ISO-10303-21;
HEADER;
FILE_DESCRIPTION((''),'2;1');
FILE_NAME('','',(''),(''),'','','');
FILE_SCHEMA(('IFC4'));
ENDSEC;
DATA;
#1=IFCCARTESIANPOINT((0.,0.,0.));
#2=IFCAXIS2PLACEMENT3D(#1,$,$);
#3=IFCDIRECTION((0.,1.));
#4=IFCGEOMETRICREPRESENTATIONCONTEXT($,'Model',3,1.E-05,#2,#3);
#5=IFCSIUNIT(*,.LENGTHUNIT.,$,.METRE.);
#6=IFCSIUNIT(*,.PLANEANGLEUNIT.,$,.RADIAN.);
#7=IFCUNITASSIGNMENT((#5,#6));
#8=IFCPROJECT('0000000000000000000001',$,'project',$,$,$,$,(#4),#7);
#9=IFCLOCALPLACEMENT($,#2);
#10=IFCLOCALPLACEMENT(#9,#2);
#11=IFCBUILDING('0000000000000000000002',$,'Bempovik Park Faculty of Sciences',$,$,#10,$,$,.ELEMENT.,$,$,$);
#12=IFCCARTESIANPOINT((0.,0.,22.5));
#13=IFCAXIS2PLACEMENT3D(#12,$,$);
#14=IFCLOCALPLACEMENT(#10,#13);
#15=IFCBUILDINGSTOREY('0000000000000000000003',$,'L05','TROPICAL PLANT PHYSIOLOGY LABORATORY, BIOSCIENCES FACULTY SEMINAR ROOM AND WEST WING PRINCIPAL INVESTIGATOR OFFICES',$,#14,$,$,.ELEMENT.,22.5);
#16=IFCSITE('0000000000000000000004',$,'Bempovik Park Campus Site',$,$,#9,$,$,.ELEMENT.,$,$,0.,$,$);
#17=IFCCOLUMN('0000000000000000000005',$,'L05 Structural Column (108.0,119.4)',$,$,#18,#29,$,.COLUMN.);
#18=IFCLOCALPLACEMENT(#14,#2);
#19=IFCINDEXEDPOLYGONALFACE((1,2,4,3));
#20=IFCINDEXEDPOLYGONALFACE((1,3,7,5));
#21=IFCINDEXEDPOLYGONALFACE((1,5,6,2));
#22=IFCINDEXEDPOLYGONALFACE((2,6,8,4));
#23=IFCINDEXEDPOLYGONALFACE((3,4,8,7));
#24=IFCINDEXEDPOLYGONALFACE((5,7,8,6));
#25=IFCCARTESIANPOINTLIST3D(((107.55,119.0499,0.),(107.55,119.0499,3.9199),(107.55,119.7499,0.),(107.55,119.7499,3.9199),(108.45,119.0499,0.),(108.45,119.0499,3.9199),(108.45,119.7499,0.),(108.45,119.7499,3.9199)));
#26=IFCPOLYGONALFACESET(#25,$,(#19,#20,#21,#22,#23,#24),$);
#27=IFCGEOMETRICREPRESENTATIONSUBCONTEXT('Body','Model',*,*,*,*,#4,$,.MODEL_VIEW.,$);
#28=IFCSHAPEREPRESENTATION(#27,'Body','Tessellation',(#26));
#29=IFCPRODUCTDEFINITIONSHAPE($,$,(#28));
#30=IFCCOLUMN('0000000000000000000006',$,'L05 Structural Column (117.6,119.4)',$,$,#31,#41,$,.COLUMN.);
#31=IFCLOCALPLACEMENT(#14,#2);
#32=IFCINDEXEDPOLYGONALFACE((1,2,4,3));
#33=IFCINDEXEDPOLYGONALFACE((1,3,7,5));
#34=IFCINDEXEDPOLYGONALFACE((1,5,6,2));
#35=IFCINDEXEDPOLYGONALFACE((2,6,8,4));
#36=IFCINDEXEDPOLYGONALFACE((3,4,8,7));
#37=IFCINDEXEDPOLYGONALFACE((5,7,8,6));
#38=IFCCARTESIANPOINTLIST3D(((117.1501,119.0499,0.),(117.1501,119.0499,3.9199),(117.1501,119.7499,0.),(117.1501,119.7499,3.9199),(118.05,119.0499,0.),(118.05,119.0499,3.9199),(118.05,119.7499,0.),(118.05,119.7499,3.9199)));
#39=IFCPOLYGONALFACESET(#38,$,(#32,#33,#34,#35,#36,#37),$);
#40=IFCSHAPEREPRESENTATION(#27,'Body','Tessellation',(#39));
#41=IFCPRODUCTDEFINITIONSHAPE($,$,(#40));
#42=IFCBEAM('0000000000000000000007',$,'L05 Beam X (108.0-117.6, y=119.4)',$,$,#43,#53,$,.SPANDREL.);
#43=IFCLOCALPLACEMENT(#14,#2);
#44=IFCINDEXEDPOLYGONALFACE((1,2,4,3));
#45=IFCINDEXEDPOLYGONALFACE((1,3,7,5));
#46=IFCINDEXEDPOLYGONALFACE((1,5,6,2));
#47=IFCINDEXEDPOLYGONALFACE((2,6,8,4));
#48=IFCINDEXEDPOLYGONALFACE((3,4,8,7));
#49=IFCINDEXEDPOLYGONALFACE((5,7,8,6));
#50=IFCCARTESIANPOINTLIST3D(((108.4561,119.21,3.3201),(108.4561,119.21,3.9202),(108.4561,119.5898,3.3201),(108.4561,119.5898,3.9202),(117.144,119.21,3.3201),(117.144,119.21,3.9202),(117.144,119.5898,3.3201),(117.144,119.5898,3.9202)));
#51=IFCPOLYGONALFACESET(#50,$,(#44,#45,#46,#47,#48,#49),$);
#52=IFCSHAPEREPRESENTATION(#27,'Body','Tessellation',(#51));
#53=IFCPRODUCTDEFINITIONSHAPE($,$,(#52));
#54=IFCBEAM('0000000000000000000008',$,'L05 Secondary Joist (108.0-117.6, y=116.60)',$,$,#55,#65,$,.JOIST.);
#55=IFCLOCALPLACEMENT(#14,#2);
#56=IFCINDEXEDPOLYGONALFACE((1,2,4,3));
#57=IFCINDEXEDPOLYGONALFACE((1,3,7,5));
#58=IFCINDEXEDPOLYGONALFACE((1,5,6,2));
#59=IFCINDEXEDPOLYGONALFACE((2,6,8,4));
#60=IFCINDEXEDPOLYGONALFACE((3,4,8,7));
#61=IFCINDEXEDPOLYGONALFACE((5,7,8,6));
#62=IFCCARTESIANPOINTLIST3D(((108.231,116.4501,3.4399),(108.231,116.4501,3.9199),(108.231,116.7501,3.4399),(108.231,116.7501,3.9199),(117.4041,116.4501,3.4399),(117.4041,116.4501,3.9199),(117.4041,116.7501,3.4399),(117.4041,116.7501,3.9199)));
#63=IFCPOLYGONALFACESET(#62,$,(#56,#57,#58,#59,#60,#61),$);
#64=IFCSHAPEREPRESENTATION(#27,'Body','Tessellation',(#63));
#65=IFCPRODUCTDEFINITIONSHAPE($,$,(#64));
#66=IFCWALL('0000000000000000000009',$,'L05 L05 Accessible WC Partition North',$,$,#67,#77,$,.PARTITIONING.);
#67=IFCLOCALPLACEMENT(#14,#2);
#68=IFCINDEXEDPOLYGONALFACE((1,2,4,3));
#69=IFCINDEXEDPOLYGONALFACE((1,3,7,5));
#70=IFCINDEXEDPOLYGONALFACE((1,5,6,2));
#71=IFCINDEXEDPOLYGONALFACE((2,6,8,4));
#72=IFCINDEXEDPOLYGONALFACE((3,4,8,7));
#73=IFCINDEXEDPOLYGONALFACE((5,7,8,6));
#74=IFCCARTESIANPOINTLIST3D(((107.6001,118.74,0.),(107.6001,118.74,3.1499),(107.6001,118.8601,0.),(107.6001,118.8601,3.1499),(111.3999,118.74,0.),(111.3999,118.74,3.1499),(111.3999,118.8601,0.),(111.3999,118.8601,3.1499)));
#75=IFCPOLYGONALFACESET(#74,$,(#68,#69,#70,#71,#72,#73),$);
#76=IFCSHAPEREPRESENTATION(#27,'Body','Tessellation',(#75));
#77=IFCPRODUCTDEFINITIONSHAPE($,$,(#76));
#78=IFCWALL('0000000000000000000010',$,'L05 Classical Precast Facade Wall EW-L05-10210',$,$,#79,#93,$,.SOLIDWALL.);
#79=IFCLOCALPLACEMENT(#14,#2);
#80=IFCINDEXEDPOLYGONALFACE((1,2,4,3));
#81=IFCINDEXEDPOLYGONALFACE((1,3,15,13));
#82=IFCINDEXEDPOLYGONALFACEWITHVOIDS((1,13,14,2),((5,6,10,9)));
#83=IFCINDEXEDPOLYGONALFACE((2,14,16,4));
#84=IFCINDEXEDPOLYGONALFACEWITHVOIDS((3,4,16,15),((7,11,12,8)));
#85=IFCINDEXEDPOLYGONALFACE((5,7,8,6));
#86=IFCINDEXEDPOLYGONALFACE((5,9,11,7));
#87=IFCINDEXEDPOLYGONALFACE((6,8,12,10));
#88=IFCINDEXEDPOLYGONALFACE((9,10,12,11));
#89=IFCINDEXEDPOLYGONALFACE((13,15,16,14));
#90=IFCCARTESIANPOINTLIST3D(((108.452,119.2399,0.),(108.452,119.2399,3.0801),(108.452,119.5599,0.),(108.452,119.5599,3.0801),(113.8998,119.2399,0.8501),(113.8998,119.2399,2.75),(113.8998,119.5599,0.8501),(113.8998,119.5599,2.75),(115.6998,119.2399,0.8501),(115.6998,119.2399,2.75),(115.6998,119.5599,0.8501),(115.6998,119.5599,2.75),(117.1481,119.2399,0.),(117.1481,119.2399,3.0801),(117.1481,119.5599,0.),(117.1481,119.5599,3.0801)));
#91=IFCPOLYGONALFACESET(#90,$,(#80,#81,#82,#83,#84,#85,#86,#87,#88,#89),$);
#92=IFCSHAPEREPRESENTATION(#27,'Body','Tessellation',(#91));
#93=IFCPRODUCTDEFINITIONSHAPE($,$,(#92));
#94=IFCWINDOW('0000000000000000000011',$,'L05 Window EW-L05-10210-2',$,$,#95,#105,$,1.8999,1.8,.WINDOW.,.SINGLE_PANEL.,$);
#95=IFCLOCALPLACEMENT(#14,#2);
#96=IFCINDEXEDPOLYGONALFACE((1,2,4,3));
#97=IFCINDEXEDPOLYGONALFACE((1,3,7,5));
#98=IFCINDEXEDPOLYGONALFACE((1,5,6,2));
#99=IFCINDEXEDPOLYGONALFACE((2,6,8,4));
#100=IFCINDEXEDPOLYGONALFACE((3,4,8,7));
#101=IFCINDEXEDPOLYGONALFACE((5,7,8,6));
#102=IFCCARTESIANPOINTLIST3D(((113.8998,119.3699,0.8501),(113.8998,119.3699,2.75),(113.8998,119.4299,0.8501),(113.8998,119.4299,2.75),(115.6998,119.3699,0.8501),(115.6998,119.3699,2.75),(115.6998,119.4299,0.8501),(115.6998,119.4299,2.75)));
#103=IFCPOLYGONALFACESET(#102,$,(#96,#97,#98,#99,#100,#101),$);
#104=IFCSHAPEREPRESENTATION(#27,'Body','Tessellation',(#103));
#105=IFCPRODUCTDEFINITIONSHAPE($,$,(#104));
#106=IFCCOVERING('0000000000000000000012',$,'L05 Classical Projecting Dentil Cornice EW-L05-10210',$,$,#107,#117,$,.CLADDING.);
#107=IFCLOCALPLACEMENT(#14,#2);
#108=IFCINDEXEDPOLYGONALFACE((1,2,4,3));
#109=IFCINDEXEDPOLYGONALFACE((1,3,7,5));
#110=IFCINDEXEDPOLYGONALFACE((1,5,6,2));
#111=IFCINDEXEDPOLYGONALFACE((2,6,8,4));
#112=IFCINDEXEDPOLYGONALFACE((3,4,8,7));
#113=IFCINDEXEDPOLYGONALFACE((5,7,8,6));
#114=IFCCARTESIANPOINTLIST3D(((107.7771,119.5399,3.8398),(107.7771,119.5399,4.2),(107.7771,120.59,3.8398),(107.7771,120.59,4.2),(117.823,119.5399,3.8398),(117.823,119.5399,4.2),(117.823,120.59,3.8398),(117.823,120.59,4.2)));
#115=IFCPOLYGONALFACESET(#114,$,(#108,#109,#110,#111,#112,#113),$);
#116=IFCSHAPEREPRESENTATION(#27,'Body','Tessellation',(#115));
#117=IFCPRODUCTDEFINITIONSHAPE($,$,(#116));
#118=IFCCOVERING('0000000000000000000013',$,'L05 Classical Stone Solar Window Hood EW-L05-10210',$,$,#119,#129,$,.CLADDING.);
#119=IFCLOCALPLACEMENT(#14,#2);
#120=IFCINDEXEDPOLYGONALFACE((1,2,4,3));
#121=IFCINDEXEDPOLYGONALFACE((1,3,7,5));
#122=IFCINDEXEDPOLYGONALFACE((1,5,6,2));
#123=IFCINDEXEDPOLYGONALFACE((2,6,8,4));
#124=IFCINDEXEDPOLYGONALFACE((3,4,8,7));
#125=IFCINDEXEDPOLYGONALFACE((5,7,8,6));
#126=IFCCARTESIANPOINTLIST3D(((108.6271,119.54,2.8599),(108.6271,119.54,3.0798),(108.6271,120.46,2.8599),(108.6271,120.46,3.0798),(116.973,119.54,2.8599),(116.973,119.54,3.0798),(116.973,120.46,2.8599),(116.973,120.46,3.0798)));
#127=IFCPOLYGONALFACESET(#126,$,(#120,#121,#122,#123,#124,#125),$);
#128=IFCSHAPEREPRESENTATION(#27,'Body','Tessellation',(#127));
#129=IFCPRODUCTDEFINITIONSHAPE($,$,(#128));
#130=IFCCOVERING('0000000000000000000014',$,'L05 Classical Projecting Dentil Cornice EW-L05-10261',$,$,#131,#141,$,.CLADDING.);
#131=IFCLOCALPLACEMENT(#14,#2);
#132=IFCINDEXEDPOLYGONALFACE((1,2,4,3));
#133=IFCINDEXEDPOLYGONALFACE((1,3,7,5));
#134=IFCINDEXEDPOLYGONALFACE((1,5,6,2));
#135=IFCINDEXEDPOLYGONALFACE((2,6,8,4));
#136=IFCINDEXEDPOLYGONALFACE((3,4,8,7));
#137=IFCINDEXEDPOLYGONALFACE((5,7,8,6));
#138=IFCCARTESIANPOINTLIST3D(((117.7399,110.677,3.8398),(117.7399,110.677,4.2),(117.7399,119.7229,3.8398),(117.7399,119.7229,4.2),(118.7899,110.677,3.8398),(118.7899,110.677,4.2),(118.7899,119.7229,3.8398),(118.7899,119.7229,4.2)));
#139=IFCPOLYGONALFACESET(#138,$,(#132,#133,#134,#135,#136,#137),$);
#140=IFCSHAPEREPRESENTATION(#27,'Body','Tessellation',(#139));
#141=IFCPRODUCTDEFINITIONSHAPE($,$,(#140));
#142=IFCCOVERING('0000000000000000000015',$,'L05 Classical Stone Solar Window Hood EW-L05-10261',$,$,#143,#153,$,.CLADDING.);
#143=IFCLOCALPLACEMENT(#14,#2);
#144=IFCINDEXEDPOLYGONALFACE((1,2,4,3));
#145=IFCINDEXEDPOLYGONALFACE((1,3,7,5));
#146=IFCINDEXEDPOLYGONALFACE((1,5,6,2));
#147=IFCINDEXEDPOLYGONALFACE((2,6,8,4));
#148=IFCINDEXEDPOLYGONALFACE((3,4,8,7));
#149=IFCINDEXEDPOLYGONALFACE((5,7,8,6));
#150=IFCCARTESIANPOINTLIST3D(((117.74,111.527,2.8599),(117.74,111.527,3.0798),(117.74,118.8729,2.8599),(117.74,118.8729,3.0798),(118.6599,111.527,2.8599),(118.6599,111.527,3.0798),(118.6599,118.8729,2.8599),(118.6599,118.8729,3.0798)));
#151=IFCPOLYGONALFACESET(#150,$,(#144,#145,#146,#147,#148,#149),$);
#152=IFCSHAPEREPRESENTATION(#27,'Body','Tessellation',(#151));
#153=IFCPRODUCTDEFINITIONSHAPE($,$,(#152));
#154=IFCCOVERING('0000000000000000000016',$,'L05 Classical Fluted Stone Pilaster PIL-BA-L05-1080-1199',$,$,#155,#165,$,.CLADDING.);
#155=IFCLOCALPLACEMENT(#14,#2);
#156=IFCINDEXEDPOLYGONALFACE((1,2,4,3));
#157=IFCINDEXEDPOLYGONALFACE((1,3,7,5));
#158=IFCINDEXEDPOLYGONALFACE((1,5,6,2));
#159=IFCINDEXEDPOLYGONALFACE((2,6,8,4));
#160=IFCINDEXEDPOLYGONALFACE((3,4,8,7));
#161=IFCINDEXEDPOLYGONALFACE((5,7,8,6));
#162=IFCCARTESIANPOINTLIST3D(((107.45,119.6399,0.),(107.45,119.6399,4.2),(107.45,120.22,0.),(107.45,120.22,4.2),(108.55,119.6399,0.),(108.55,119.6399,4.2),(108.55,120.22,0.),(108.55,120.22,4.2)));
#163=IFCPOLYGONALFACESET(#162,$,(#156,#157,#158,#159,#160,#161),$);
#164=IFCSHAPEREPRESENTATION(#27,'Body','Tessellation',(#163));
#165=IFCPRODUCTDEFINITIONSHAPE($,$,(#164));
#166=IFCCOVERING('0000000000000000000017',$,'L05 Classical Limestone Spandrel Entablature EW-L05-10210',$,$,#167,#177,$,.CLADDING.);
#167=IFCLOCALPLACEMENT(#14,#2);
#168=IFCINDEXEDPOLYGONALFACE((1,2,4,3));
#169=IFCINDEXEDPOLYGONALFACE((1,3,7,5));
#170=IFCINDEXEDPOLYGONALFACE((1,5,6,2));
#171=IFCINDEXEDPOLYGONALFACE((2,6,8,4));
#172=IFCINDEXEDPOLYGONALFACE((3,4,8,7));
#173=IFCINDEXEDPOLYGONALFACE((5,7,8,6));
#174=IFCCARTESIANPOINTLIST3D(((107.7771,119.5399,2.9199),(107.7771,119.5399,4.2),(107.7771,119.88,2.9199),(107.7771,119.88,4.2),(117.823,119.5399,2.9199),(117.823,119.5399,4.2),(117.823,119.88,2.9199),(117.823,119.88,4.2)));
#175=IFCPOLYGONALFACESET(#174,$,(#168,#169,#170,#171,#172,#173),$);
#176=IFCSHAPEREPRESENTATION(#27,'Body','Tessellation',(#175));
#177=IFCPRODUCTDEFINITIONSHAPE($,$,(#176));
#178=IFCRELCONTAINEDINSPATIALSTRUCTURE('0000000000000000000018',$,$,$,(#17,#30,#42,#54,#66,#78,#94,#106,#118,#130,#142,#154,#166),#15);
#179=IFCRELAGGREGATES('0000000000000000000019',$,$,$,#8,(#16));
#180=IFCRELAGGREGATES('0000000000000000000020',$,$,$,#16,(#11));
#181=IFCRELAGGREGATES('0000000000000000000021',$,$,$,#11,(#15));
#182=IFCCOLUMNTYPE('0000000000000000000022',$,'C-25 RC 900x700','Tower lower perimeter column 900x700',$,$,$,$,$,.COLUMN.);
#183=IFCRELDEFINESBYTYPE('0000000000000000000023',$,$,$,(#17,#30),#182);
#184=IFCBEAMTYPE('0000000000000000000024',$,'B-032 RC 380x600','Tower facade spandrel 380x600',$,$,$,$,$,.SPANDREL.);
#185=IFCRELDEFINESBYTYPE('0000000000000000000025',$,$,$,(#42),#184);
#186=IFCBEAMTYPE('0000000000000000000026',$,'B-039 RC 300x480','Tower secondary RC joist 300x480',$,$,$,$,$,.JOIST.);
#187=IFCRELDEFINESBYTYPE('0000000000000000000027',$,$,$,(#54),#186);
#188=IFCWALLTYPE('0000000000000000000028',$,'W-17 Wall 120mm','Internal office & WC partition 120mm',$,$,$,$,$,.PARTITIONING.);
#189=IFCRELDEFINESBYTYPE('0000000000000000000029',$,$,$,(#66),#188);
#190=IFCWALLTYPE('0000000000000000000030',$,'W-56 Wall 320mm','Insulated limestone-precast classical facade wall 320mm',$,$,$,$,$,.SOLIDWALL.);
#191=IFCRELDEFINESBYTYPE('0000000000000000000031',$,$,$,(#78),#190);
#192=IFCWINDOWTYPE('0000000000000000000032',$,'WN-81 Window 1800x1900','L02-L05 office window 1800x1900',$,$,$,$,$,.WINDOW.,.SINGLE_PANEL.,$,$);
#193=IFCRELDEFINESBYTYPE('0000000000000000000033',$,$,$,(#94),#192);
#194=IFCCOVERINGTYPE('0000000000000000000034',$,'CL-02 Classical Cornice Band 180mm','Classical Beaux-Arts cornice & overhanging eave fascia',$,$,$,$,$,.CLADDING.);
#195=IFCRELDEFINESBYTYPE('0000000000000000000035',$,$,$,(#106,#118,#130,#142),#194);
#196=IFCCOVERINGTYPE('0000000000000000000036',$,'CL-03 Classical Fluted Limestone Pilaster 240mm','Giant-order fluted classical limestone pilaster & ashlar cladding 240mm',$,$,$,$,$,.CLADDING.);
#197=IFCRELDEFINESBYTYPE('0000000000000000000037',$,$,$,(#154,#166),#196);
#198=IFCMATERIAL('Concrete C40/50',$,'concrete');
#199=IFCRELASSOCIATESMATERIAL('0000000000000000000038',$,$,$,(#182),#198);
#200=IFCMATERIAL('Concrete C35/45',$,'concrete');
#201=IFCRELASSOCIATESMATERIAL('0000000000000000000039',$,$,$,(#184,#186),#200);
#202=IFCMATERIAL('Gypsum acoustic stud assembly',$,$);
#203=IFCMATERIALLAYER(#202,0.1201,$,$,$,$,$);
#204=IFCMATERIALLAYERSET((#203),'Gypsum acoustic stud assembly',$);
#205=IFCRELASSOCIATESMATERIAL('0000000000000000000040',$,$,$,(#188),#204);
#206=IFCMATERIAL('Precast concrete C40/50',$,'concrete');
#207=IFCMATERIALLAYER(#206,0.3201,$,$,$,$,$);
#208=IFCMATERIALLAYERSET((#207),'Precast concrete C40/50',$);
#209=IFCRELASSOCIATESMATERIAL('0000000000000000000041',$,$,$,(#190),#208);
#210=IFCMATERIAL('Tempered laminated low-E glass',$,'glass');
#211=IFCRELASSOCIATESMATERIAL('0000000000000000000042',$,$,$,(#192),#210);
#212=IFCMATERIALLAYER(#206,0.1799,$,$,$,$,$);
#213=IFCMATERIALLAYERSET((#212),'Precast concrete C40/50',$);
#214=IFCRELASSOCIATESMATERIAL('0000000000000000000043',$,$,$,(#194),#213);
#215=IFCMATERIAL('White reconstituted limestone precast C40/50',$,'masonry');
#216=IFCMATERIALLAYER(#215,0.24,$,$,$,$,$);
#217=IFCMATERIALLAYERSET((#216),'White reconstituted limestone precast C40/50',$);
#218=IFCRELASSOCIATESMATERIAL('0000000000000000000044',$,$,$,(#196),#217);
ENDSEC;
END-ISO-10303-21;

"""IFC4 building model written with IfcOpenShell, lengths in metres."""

from ifc_helpers import new_model, si_unit, direction, frame, frame_2d, origin, origin_2d, place, context, subcontext, project, spatial, rectangle, extrude, material, layer, layer_set, material_profile, profile_set, type_object, element, fill, save


model = new_model("IFC4")

# Units and contexts
model_context = context("Model", 3, precision=1e-05, world=origin(), true_north=direction((0.0, 1.0)))
body_context = subcontext(model_context, "Body", "Model", "MODEL_VIEW")
ifc_project = project(units=[si_unit("LENGTHUNIT", "METRE"), si_unit("PLANEANGLEUNIT", "RADIAN")], contexts=[model_context])

# Site, building, storey
site_placement = place(None, origin())
site = spatial("IfcSite", under=ifc_project, at=site_placement, Name="Bempovik Park Campus Site", CompositionType="ELEMENT", RefElevation=0.0)
building_placement = place(site_placement, origin())
building = spatial("IfcBuilding", under=site, at=building_placement, Name="Bempovik Park Faculty of Sciences", CompositionType="ELEMENT")
storey_placement = place(building_placement, frame((0.0, 0.0, 22.5)))
storey = spatial("IfcBuildingStorey", under=building, at=storey_placement, Name="L05", Description="TROPICAL PLANT PHYSIOLOGY LABORATORY, BIOSCIENCES FACULTY SEMINAR ROOM AND WEST WING PRINCIPAL INVESTIGATOR OFFICES", CompositionType="ELEMENT", Elevation=22.5)

# Columns
ifc_material_1 = material(Name="Concrete C40/50", Category="concrete")
ifc_material_profile_1 = material_profile(ifc_material_1, rectangle(XDim=0.8999, YDim=0.7, at=origin_2d()), Name="RC 900x700")
ifc_profile_set_1 = profile_set([ifc_material_profile_1], Name="Concrete C40/50")
column_type = type_object("IfcColumnType", Name="C-25 RC 900x700", Description="Tower lower perimeter column 900x700", PredefinedType="COLUMN", material=ifc_profile_set_1)
for number, where, z_axis, x_axis, name in (
    (1, (108.0, 119.3999, 0.0), (0.0, 0.0, 1.0), (1.0, 0.0, 0.0), "L05 Structural Column (108.0,119.4)"),
    (2, (117.6001, 119.3999, 0.0), (0.0, 0.0, 1.0), (1.0, 0.0, 0.0), "L05 Structural Column (117.6,119.4)"),
):
    element("IfcColumn", number, at=place(storey_placement, frame(where, z_axis=z_axis, x_axis=x_axis)), inside=storey, type_object=column_type, Name=name, PredefinedType="COLUMN", context=body_context, shape_type="SweptSolid", body=[
        extrude(rectangle(XDim=0.8999, YDim=0.7, at=origin_2d()), origin(), (0.0, 0.0, 1.0), 3.9199),
    ])

# Beams
ifc_material_2 = material(Name="Concrete C35/45", Category="concrete")
ifc_material_profile_2 = material_profile(ifc_material_2, rectangle(XDim=0.3799, YDim=0.6001, at=origin_2d()), Name="RC 380x600")
ifc_profile_set_2 = profile_set([ifc_material_profile_2], Name="Concrete C35/45")
beam_type_1 = type_object("IfcBeamType", Name="B-032 RC 380x600", Description="Tower facade spandrel 380x600", PredefinedType="SPANDREL", material=ifc_profile_set_2)
beam_1_placement = place(storey_placement, frame((108.4561, 119.3999, 3.6201), z_axis=(1.0, 0.0, 0.0), x_axis=(0.0, 1.0, 0.0)))
element("IfcBeam", 3, at=beam_1_placement, inside=storey, type_object=beam_type_1, Name="L05 Beam X (108.0-117.6, y=119.4)", PredefinedType="SPANDREL", context=body_context, shape_type="SweptSolid", body=[
    extrude(rectangle(XDim=0.3799, YDim=0.6001, at=origin_2d()), origin(), (0.0, 0.0, 1.0), 8.688),
])
ifc_material_profile_3 = material_profile(ifc_material_2, rectangle(XDim=0.3, YDim=0.48, at=origin_2d()), Name="RC 300x480")
ifc_profile_set_3 = profile_set([ifc_material_profile_3], Name="Concrete C35/45")
beam_type_2 = type_object("IfcBeamType", Name="B-039 RC 300x480", Description="Tower secondary RC joist 300x480", PredefinedType="JOIST", material=ifc_profile_set_3)
beam_2_placement = place(storey_placement, frame((108.231, 116.6001, 3.6799), z_axis=(1.0, 0.0, 0.0), x_axis=(0.0, 1.0, 0.0)))
element("IfcBeam", 4, at=beam_2_placement, inside=storey, type_object=beam_type_2, Name="L05 Secondary Joist (108.0-117.6, y=116.60)", PredefinedType="JOIST", context=body_context, shape_type="SweptSolid", body=[
    extrude(rectangle(XDim=0.3, YDim=0.48, at=origin_2d()), origin(), (0.0, 0.0, 1.0), 9.1731),
])

# Wall
ifc_material_3 = material(Name="Gypsum acoustic stud assembly")
ifc_layer_1 = layer(ifc_material_3, 0.1201)
ifc_layer_set_1 = layer_set([ifc_layer_1], Name="Gypsum acoustic stud assembly")
wall_type_1 = type_object("IfcWallType", Name="W-17 Wall 120mm", Description="Internal office & WC partition 120mm", PredefinedType="PARTITIONING", material=ifc_layer_set_1)
wall_1_placement = place(storey_placement, frame((107.6001, 118.8, 0.0), z_axis=(0.0, 0.0, 1.0), x_axis=(1.0, 0.0, 0.0)))
element("IfcWall", 5, at=wall_1_placement, inside=storey, type_object=wall_type_1, Name="L05 L05 Accessible WC Partition North", PredefinedType="PARTITIONING", context=body_context, shape_type="SweptSolid", body=[
    extrude(rectangle(XDim=3.7998, YDim=0.1201, at=frame_2d((1.8999, 0.0))), origin(), (0.0, 0.0, 1.0), 3.1499),
])

# Wall, opening, window
ifc_material_4 = material(Name="Precast concrete C40/50", Category="concrete")
ifc_layer_2 = layer(ifc_material_4, 0.3201)
ifc_layer_set_2 = layer_set([ifc_layer_2], Name="Precast concrete C40/50")
wall_type_2 = type_object("IfcWallType", Name="W-56 Wall 320mm", Description="Insulated limestone-precast classical facade wall 320mm", PredefinedType="SOLIDWALL", material=ifc_layer_set_2)
wall_2_placement = place(storey_placement, frame((108.4519, 119.3999, 0.0), z_axis=(0.0, 0.0, 1.0), x_axis=(1.0, 0.0, 0.0)))
wall_2 = element("IfcWall", 6, at=wall_2_placement, inside=storey, type_object=wall_type_2, Name="L05 Classical Precast Facade Wall EW-L05-10210", PredefinedType="SOLIDWALL", context=body_context, shape_type="SweptSolid", body=[
    extrude(rectangle(XDim=8.696, YDim=0.3201, at=frame_2d((4.3481, 0.0))), origin(), (0.0, 0.0, 1.0), 3.0801),
])
opening_placement = place(wall_2_placement, frame((5.448, 0.0, 0.8501)))
opening = element("IfcOpeningElement", 7, at=opening_placement, cuts=wall_2, PredefinedType="OPENING", context=body_context, shape_type="SweptSolid", body=[
    extrude(rectangle(XDim=1.8, YDim=1.8999, at=frame_2d((0.8999, 0.95))), frame((0.0, 0.1699, 0.0), z_axis=(0.0, -1.0, 0.0), x_axis=(1.0, 0.0, 0.0)), (0.0, 0.0, 1.0), 0.3401),
])
ifc_material_5 = material(Name="Tempered laminated low-E glass", Category="glass")
window_type = type_object("IfcWindowType", Name="WN-81 Window 1800x1900", Description="L02-L05 office window 1800x1900", PartitioningType="SINGLE_PANEL", PredefinedType="WINDOW", material=ifc_material_5)
window_placement = place(opening_placement, origin())
window = element("IfcWindow", 8, at=window_placement, inside=storey, type_object=window_type, Name="L05 Window EW-L05-10210-2", OverallHeight=1.8999, OverallWidth=1.8, PartitioningType="SINGLE_PANEL", PredefinedType="WINDOW", context=body_context, shape_type="SweptSolid", body=[
    extrude(rectangle(XDim=1.8, YDim=1.8999, at=frame_2d((0.8999, 0.95))), frame((0.0, 0.03, 0.0), z_axis=(0.0, -1.0, 0.0), x_axis=(1.0, 0.0, 0.0)), (0.0, 0.0, 1.0), 0.0601),
])
fill(opening, window)

# Coverings
ifc_layer_3 = layer(ifc_material_4, 0.1799)
ifc_layer_set_3 = layer_set([ifc_layer_3], Name="Precast concrete C40/50")
covering_type_1 = type_object("IfcCoveringType", Name="CL-02 Classical Cornice Band 180mm", Description="Classical Beaux-Arts cornice & overhanging eave fascia", PredefinedType="CLADDING", material=ifc_layer_set_3)
covering_1_placement = place(storey_placement, frame((112.8, 120.0649, 3.8398), z_axis=(0.0, 0.0, 1.0), x_axis=(1.0, 0.0, 0.0)))
element("IfcCovering", 9, at=covering_1_placement, inside=storey, type_object=covering_type_1, Name="L05 Classical Projecting Dentil Cornice EW-L05-10210", PredefinedType="CLADDING", context=body_context, shape_type="SweptSolid", body=[
    extrude(rectangle(XDim=10.0459, YDim=1.05, at=origin_2d()), origin(), (0.0, 0.0, 1.0), 0.3601),
])
covering_2_placement = place(storey_placement, frame((112.8, 120.0, 2.8599), z_axis=(0.0, 0.0, 1.0), x_axis=(1.0, 0.0, 0.0)))
element("IfcCovering", 10, at=covering_2_placement, inside=storey, type_object=covering_type_1, Name="L05 Classical Stone Solar Window Hood EW-L05-10210", PredefinedType="CLADDING", context=body_context, shape_type="SweptSolid", body=[
    extrude(rectangle(XDim=8.3459, YDim=0.9199, at=origin_2d()), origin(), (0.0, 0.0, 1.0), 0.22),
])
covering_3_placement = place(storey_placement, frame((118.2649, 115.2, 3.8398), z_axis=(0.0, 0.0, 1.0), x_axis=(1.0, 0.0, 0.0)))
element("IfcCovering", 11, at=covering_3_placement, inside=storey, type_object=covering_type_1, Name="L05 Classical Projecting Dentil Cornice EW-L05-10261", PredefinedType="CLADDING", context=body_context, shape_type="SweptSolid", body=[
    extrude(rectangle(XDim=1.05, YDim=9.0459, at=origin_2d()), origin(), (0.0, 0.0, 1.0), 0.3601),
])
covering_4_placement = place(storey_placement, frame((118.2, 115.2, 2.8599), z_axis=(0.0, 0.0, 1.0), x_axis=(1.0, 0.0, 0.0)))
element("IfcCovering", 12, at=covering_4_placement, inside=storey, type_object=covering_type_1, Name="L05 Classical Stone Solar Window Hood EW-L05-10261", PredefinedType="CLADDING", context=body_context, shape_type="SweptSolid", body=[
    extrude(rectangle(XDim=0.9199, YDim=7.3459, at=origin_2d()), origin(), (0.0, 0.0, 1.0), 0.22),
])
ifc_material_6 = material(Name="White reconstituted limestone precast C40/50", Category="masonry")
ifc_layer_4 = layer(ifc_material_6, 0.24)
ifc_layer_set_4 = layer_set([ifc_layer_4], Name="White reconstituted limestone precast C40/50")
covering_type_2 = type_object("IfcCoveringType", Name="CL-03 Classical Fluted Limestone Pilaster 240mm", Description="Giant-order fluted classical limestone pilaster & ashlar cladding 240mm", PredefinedType="CLADDING", material=ifc_layer_set_4)
covering_5_placement = place(storey_placement, frame((108.0, 119.9299, 0.0), z_axis=(0.0, 0.0, 1.0), x_axis=(1.0, 0.0, 0.0)))
element("IfcCovering", 13, at=covering_5_placement, inside=storey, type_object=covering_type_2, Name="L05 Classical Fluted Stone Pilaster PIL-BA-L05-1080-1199", PredefinedType="CLADDING", context=body_context, shape_type="SweptSolid", body=[
    extrude(rectangle(XDim=1.1001, YDim=0.5801, at=origin_2d()), origin(), (0.0, 0.0, 1.0), 4.2),
])
covering_6_placement = place(storey_placement, frame((112.8, 119.71, 2.9199), z_axis=(0.0, 0.0, 1.0), x_axis=(1.0, 0.0, 0.0)))
element("IfcCovering", 14, at=covering_6_placement, inside=storey, type_object=covering_type_2, Name="L05 Classical Limestone Spandrel Entablature EW-L05-10210", PredefinedType="CLADDING", context=body_context, shape_type="SweptSolid", body=[
    extrude(rectangle(XDim=10.0459, YDim=0.3401, at=origin_2d()), origin(), (0.0, 0.0, 1.0), 1.28),
])

save(model, "model.ifc")
